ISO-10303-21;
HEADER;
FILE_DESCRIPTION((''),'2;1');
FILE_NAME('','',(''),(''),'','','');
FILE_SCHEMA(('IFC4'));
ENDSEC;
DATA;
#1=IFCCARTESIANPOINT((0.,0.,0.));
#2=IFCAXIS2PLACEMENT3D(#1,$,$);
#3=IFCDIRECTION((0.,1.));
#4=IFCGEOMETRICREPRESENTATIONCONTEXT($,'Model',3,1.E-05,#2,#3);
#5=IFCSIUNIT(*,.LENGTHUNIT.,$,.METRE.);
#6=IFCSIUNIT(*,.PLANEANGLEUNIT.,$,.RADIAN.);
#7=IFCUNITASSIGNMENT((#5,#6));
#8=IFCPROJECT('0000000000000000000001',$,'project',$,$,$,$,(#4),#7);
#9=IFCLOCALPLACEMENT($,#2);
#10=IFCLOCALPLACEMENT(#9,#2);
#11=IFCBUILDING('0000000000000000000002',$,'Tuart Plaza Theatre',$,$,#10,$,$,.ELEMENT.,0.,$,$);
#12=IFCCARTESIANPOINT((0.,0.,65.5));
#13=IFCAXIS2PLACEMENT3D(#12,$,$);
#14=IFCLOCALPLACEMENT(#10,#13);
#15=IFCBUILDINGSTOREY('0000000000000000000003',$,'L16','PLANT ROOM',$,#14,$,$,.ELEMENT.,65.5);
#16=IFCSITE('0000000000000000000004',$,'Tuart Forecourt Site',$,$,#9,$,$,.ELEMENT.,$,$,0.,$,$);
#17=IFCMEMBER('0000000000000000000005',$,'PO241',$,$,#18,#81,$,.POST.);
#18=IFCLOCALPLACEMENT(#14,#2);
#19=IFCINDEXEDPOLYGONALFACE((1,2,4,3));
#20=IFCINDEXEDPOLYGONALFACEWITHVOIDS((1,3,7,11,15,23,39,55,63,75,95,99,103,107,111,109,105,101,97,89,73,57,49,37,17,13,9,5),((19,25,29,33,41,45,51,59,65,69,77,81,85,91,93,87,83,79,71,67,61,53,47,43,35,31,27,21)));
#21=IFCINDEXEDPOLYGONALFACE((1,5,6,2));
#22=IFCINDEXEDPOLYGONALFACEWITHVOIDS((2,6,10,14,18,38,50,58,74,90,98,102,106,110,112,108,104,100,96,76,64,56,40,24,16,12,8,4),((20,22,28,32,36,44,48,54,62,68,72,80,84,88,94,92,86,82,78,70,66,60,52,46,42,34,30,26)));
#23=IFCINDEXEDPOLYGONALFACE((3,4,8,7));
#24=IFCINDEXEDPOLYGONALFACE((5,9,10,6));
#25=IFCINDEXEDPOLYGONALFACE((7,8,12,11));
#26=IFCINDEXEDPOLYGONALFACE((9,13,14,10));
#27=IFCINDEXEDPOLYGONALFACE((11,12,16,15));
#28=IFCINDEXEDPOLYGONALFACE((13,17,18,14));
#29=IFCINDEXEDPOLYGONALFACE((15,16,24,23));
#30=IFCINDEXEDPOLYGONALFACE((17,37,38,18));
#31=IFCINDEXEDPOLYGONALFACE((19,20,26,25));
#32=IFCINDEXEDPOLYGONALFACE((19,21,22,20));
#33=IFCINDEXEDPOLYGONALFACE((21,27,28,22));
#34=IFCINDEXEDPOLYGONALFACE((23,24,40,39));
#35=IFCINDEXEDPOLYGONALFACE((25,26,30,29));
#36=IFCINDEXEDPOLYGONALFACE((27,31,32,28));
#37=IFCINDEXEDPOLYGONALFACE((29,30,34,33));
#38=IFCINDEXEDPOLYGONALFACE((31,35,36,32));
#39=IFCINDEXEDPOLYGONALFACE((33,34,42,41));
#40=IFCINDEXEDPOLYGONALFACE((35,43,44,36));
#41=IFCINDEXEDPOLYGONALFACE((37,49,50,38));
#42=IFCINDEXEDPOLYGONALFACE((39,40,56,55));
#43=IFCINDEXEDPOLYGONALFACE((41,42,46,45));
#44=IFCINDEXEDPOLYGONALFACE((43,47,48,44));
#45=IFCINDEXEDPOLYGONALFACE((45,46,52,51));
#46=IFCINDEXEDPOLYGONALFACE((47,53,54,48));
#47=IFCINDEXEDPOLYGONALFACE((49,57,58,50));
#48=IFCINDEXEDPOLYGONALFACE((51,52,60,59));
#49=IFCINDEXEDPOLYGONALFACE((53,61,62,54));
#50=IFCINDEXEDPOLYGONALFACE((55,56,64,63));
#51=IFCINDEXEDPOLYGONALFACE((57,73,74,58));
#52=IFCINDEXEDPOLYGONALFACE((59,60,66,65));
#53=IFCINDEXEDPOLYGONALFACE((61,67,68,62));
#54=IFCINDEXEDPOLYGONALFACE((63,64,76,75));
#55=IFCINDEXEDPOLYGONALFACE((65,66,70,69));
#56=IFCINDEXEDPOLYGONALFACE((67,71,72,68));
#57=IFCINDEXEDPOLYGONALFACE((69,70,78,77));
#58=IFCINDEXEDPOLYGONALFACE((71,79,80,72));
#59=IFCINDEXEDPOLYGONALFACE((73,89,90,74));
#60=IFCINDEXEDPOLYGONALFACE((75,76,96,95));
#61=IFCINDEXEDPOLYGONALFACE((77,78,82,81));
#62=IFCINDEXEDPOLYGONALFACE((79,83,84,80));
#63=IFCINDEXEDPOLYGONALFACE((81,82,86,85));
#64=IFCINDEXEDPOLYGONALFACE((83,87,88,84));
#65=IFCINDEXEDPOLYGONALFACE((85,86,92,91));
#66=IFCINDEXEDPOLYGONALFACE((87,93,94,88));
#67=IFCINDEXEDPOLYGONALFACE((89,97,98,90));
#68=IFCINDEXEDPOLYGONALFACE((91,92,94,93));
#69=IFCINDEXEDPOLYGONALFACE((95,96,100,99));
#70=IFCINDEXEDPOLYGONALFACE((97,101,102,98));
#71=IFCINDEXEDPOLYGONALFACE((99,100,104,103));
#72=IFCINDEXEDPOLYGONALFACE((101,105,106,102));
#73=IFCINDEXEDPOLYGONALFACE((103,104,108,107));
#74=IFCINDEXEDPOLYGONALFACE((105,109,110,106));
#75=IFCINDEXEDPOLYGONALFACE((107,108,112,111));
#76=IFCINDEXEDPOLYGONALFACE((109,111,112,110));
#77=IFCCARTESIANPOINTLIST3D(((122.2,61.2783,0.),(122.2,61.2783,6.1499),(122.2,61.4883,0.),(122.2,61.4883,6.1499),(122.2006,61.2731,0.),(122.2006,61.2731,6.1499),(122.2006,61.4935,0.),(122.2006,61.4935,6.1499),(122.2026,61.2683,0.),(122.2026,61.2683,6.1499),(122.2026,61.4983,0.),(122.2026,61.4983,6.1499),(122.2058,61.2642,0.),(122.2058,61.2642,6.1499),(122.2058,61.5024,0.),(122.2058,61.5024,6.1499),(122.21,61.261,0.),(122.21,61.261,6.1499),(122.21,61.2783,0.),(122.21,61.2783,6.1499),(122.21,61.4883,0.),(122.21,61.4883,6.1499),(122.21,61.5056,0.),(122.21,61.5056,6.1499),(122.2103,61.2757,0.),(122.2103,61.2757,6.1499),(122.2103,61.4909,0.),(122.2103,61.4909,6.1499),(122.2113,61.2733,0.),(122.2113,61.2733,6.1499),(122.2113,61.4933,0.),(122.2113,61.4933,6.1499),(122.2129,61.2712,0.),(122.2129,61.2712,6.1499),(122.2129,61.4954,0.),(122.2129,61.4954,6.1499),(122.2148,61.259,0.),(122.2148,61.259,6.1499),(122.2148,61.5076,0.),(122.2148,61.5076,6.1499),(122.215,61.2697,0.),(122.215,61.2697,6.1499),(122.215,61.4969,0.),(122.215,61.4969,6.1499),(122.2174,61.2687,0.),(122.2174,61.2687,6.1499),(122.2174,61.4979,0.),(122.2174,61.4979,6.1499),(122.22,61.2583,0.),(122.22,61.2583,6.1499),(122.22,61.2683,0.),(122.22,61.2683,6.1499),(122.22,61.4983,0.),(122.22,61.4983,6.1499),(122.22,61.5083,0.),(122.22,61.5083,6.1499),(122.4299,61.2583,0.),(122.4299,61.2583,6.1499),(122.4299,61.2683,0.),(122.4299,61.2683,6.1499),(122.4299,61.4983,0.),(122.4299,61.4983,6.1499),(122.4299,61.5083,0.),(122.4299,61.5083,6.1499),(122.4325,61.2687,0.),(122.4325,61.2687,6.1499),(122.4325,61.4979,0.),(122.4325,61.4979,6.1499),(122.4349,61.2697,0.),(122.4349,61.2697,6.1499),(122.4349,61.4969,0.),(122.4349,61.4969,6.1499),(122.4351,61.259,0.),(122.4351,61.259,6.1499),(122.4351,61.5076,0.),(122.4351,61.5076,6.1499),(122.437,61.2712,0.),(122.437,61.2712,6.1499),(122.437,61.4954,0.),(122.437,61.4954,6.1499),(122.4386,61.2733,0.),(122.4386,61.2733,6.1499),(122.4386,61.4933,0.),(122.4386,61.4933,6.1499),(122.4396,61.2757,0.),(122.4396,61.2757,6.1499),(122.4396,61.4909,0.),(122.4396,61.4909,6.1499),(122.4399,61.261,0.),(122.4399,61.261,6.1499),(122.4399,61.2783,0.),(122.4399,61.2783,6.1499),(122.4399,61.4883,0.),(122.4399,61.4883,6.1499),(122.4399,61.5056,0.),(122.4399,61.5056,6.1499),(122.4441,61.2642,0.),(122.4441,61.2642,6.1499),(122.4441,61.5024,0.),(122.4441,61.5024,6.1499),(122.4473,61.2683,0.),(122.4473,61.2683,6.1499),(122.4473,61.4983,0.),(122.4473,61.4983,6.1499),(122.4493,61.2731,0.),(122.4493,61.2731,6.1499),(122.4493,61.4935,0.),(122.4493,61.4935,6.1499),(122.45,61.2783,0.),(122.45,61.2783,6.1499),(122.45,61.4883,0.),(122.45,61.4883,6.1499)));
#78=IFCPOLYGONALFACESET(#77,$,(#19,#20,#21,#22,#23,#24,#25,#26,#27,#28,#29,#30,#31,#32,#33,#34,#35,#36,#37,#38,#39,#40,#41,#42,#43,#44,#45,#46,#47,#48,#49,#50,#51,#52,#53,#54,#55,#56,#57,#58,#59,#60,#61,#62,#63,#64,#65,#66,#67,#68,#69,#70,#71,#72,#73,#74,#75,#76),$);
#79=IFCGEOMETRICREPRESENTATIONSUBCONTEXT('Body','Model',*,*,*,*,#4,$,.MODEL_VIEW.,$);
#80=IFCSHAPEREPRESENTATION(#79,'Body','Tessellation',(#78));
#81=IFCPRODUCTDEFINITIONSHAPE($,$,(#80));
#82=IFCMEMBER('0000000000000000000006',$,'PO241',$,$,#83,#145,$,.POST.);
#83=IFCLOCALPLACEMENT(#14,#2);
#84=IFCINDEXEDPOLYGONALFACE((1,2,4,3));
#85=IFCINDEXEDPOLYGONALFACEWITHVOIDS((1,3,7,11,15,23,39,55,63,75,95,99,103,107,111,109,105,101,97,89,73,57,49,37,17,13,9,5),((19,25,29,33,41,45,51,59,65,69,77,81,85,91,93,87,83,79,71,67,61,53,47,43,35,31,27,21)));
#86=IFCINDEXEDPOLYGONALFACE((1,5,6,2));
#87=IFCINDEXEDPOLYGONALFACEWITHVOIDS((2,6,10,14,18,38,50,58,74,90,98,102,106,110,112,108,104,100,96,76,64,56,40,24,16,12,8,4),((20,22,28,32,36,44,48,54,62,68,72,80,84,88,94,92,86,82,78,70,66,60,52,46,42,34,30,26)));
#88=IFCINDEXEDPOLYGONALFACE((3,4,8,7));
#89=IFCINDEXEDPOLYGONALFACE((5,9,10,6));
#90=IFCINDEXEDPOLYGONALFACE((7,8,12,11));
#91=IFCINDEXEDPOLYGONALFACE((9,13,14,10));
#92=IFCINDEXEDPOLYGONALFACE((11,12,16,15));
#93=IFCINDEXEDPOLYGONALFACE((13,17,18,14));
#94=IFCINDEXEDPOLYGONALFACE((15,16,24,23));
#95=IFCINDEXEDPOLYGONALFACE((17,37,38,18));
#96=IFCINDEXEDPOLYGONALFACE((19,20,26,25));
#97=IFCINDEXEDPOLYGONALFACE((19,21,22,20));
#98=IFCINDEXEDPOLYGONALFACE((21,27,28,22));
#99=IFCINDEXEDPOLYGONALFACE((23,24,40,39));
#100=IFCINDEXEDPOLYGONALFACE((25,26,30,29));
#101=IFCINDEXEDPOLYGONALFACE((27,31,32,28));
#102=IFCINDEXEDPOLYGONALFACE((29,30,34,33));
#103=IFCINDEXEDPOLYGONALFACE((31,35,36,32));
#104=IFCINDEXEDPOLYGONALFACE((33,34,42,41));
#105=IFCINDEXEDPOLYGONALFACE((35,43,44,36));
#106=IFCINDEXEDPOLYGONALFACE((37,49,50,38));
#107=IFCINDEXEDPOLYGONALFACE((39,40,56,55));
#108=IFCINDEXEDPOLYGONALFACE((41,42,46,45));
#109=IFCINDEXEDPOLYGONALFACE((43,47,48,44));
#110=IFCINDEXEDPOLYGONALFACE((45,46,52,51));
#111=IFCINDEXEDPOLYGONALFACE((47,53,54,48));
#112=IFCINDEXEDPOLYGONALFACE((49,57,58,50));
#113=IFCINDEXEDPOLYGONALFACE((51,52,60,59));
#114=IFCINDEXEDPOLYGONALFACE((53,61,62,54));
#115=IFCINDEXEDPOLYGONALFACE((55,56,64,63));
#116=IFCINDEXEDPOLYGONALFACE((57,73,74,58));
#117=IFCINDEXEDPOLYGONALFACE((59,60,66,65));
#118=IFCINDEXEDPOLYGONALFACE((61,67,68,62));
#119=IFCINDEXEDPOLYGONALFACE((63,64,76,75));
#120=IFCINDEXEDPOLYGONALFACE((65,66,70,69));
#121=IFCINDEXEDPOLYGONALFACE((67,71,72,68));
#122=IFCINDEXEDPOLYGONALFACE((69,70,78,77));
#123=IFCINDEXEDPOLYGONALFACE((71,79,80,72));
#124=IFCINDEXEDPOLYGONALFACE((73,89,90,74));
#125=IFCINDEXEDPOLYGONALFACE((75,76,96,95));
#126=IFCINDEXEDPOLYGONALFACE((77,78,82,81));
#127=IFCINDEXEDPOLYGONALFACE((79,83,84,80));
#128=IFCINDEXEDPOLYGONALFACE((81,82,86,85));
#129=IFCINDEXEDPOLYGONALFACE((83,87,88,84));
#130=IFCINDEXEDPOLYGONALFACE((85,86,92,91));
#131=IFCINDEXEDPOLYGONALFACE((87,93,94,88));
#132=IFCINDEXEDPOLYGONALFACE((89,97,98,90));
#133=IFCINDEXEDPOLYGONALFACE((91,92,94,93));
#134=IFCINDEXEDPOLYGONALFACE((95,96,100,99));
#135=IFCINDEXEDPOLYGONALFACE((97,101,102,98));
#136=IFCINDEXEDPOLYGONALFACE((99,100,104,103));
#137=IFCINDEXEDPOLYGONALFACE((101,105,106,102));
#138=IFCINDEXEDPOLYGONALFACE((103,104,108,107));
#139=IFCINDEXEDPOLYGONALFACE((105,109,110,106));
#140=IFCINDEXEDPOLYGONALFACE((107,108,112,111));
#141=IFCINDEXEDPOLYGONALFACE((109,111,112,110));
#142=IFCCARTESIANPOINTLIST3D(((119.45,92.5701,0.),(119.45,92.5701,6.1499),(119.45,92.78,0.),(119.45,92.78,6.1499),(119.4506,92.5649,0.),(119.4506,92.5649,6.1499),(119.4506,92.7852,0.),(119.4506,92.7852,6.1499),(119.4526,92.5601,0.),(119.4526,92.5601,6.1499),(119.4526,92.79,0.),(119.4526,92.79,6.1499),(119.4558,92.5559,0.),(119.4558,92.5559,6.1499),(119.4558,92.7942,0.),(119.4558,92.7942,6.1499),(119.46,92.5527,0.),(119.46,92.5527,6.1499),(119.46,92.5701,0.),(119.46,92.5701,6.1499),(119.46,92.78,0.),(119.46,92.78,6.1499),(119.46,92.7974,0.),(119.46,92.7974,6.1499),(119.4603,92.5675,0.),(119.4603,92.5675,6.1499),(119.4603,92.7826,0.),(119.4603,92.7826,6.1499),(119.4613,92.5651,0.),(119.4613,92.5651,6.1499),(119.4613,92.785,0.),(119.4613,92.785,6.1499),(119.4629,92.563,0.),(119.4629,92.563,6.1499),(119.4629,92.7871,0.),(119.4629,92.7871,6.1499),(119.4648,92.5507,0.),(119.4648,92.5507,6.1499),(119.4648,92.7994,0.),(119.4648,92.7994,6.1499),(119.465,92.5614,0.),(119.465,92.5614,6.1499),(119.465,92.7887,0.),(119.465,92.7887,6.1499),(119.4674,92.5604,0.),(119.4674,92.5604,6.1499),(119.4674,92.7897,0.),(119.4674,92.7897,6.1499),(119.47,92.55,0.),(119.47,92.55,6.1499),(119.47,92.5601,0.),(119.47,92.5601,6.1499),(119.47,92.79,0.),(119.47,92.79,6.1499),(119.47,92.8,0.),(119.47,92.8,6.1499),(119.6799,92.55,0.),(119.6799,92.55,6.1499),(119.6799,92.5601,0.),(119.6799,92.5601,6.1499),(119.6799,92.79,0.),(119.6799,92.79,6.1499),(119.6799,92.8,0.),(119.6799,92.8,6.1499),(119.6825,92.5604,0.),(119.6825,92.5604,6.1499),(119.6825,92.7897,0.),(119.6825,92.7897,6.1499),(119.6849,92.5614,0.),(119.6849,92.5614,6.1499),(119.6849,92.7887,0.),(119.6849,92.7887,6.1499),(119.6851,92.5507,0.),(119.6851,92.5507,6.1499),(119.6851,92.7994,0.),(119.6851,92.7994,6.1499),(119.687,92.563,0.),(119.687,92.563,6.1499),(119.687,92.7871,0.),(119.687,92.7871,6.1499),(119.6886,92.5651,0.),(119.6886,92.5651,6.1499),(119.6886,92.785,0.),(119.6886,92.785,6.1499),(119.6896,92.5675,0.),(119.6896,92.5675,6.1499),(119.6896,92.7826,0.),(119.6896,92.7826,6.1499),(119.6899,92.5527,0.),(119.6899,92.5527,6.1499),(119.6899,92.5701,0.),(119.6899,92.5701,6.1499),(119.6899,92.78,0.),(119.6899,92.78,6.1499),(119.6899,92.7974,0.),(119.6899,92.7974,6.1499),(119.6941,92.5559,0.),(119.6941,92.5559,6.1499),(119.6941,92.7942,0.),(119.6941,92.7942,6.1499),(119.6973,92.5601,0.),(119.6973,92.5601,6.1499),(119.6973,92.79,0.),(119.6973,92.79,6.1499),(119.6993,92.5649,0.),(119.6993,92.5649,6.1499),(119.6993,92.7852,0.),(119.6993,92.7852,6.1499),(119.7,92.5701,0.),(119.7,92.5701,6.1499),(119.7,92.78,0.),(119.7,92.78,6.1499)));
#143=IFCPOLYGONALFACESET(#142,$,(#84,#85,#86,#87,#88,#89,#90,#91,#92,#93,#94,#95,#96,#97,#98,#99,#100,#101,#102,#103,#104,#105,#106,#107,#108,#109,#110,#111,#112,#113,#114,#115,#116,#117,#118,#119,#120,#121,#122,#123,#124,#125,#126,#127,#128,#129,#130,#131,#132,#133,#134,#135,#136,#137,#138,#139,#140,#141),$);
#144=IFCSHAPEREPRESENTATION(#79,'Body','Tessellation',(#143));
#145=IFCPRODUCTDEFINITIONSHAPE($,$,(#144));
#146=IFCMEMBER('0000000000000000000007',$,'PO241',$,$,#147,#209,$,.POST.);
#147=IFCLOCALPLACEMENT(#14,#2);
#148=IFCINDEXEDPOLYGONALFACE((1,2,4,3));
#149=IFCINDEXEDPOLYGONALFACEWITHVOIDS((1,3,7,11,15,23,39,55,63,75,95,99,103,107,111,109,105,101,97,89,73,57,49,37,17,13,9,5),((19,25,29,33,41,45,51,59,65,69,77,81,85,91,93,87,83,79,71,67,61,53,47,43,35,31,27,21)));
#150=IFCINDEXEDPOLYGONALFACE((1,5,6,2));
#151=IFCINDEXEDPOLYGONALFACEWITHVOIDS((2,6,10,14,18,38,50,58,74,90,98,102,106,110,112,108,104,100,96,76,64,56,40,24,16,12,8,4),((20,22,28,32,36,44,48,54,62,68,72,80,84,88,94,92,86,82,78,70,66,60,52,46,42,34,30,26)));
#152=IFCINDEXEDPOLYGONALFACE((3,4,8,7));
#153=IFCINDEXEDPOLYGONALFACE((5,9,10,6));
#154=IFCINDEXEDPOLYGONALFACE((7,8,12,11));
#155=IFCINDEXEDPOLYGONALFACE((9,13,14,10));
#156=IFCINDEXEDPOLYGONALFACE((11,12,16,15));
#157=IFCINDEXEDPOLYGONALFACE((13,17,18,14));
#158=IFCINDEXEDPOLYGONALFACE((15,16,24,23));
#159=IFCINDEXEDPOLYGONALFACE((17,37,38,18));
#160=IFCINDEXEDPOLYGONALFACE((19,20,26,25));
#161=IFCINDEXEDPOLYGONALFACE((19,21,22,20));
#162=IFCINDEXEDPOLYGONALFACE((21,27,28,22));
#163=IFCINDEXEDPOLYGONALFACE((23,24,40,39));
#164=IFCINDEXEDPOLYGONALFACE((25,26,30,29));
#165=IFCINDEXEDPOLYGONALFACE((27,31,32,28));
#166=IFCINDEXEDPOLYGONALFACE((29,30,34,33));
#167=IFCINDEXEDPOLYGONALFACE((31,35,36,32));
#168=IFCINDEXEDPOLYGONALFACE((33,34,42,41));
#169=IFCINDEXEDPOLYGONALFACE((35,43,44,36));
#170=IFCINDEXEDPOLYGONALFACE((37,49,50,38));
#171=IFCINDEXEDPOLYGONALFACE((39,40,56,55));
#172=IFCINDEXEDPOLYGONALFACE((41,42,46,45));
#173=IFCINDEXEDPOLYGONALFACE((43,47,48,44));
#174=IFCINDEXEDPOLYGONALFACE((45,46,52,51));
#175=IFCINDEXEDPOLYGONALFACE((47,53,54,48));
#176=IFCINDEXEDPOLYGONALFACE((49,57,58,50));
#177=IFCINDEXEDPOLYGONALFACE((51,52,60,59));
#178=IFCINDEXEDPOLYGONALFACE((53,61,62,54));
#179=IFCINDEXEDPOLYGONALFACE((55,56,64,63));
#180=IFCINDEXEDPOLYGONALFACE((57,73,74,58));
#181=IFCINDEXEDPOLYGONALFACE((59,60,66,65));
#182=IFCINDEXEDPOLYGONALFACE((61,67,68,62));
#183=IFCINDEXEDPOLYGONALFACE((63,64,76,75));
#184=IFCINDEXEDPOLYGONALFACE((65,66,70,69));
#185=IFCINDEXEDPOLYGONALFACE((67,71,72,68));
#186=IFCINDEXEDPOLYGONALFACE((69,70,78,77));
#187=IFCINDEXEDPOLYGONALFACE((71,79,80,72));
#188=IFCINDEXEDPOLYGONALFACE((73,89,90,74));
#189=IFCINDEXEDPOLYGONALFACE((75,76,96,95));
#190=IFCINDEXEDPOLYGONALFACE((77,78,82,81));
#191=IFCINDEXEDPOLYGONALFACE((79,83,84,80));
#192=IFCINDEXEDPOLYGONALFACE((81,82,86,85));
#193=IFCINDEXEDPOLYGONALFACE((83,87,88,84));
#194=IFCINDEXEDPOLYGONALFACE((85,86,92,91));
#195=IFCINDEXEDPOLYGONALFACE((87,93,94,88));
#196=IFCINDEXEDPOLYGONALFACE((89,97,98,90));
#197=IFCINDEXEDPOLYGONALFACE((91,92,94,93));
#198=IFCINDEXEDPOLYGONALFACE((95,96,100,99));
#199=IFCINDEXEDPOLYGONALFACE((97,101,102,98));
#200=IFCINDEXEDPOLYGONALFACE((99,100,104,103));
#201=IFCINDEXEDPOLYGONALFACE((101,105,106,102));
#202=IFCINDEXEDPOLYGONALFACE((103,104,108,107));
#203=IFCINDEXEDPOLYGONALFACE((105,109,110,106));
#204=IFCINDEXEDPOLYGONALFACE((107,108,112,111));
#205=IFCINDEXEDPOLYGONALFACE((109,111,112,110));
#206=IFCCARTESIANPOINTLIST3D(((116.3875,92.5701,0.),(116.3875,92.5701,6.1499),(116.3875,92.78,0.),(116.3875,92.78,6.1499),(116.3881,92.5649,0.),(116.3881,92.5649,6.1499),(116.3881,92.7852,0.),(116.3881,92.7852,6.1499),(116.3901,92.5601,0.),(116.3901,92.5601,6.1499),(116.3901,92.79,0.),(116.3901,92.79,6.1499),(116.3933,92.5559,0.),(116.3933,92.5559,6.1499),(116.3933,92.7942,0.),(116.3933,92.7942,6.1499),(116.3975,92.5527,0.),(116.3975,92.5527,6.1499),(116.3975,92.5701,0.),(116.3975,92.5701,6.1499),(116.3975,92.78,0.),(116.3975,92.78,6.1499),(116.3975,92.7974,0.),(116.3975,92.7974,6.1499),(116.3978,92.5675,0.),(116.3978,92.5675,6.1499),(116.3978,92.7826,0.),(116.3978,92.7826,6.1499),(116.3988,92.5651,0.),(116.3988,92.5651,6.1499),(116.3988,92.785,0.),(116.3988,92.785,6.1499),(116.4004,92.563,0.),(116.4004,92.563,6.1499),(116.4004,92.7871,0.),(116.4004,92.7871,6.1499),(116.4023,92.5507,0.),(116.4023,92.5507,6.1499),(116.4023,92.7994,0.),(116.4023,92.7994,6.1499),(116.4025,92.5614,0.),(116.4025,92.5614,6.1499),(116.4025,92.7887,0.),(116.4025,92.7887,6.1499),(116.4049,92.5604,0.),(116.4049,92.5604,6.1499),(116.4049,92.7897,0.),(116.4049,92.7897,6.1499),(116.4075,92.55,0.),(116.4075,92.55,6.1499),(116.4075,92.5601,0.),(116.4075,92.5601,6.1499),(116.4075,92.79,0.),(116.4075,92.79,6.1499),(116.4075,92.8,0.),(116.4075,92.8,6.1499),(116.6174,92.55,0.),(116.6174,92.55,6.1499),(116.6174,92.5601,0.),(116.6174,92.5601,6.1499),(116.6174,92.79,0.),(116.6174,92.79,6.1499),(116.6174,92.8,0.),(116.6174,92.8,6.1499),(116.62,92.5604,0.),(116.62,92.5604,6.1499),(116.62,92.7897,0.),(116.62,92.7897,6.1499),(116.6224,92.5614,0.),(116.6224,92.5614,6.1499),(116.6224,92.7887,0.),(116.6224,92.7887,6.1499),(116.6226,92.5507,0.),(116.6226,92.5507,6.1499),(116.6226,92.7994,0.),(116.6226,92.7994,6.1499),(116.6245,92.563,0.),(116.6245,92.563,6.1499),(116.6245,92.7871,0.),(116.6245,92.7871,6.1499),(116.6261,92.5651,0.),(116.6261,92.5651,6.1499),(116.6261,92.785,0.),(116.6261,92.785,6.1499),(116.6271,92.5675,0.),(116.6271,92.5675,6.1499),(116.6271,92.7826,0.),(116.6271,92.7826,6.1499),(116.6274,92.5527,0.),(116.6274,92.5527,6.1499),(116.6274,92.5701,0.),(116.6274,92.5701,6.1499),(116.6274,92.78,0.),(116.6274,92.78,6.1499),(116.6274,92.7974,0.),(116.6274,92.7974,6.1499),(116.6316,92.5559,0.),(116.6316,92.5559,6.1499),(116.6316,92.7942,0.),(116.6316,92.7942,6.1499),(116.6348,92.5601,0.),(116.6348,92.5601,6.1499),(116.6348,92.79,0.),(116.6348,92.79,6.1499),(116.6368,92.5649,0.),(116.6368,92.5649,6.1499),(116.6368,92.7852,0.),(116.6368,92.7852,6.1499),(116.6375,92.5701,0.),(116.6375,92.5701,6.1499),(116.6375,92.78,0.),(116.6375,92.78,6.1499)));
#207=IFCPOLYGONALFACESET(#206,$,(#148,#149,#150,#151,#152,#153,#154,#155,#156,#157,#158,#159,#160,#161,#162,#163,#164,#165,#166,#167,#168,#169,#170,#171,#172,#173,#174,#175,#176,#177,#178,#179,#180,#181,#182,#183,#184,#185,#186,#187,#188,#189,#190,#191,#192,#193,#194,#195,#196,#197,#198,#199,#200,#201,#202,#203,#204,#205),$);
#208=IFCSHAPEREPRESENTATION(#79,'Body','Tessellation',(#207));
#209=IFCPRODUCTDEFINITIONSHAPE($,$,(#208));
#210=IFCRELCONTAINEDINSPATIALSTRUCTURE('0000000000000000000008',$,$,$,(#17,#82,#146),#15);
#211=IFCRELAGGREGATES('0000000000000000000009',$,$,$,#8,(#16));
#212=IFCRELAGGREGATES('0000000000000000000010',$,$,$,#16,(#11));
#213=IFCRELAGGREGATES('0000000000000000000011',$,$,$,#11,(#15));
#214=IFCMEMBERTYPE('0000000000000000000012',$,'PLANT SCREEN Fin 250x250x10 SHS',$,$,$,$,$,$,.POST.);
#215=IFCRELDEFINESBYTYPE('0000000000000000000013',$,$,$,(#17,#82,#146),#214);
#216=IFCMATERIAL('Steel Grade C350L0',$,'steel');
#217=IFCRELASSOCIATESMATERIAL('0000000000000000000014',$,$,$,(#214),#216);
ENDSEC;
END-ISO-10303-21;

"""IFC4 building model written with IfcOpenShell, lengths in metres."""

from ifc_helpers import new_model, si_unit, direction, frame, origin, origin_2d, place, context, subcontext, project, spatial, hollow_rectangle, extrude, material, material_profile, profile_set, type_object, element, save


model = new_model("IFC4")

# Units and contexts
model_context = context("Model", 3, precision=1e-05, world=origin(), true_north=direction((0.0, 1.0)))
body_context = subcontext(model_context, "Body", "Model", "MODEL_VIEW")
ifc_project = project(units=[si_unit("LENGTHUNIT", "METRE"), si_unit("PLANEANGLEUNIT", "RADIAN")], contexts=[model_context])

# Site, building, storey
site_placement = place(None, origin())
site = spatial("IfcSite", under=ifc_project, at=site_placement, Name="Tuart Forecourt Site", CompositionType="ELEMENT", RefElevation=0.0)
building_placement = place(site_placement, origin())
building = spatial("IfcBuilding", under=site, at=building_placement, Name="Tuart Plaza Theatre", CompositionType="ELEMENT", ElevationOfRefHeight=0.0)
storey_placement = place(building_placement, frame((0.0, 0.0, 65.5)))
storey = spatial("IfcBuildingStorey", under=building, at=storey_placement, Name="L16", Description="PLANT ROOM", CompositionType="ELEMENT", Elevation=65.5)

# Members
ifc_material_1 = material(Name="Steel Grade C350L0", Category="steel")
ifc_material_profile_1 = material_profile(ifc_material_1, hollow_rectangle(XDim=0.25, YDim=0.25, WallThickness=0.01, InnerFilletRadius=0.01, OuterFilletRadius=0.02, at=origin_2d()), Name="250x250x10 SHS")
ifc_profile_set_1 = profile_set([ifc_material_profile_1], Name="Steel Grade C350L0")
member_type = type_object("IfcMemberType", Name="PLANT SCREEN Fin 250x250x10 SHS", PredefinedType="POST", material=ifc_profile_set_1)
for number, where, z_axis, x_axis, name in (
    (1, (122.325, 61.3833, 0.0), (0.0, 0.0, 1.0), (1.0, 0.0, 0.0), "PO241"),
    (2, (119.575, 92.675, 0.0), (0.0, 0.0, 1.0), (1.0, 0.0, 0.0), "PO241"),
    (3, (116.5125, 92.675, 0.0), (0.0, 0.0, 1.0), (1.0, 0.0, 0.0), "PO241"),
):
    element("IfcMember", number, at=place(storey_placement, frame(where, z_axis=z_axis, x_axis=x_axis)), inside=storey, type_object=member_type, Name=name, PredefinedType="POST", context=body_context, shape_type="SweptSolid", body=[
        extrude(hollow_rectangle(XDim=0.25, YDim=0.25, WallThickness=0.01, InnerFilletRadius=0.01, OuterFilletRadius=0.02, at=origin_2d()), origin(), (0.0, 0.0, 1.0), 6.1499),
    ])

save(model, "model.ifc")
